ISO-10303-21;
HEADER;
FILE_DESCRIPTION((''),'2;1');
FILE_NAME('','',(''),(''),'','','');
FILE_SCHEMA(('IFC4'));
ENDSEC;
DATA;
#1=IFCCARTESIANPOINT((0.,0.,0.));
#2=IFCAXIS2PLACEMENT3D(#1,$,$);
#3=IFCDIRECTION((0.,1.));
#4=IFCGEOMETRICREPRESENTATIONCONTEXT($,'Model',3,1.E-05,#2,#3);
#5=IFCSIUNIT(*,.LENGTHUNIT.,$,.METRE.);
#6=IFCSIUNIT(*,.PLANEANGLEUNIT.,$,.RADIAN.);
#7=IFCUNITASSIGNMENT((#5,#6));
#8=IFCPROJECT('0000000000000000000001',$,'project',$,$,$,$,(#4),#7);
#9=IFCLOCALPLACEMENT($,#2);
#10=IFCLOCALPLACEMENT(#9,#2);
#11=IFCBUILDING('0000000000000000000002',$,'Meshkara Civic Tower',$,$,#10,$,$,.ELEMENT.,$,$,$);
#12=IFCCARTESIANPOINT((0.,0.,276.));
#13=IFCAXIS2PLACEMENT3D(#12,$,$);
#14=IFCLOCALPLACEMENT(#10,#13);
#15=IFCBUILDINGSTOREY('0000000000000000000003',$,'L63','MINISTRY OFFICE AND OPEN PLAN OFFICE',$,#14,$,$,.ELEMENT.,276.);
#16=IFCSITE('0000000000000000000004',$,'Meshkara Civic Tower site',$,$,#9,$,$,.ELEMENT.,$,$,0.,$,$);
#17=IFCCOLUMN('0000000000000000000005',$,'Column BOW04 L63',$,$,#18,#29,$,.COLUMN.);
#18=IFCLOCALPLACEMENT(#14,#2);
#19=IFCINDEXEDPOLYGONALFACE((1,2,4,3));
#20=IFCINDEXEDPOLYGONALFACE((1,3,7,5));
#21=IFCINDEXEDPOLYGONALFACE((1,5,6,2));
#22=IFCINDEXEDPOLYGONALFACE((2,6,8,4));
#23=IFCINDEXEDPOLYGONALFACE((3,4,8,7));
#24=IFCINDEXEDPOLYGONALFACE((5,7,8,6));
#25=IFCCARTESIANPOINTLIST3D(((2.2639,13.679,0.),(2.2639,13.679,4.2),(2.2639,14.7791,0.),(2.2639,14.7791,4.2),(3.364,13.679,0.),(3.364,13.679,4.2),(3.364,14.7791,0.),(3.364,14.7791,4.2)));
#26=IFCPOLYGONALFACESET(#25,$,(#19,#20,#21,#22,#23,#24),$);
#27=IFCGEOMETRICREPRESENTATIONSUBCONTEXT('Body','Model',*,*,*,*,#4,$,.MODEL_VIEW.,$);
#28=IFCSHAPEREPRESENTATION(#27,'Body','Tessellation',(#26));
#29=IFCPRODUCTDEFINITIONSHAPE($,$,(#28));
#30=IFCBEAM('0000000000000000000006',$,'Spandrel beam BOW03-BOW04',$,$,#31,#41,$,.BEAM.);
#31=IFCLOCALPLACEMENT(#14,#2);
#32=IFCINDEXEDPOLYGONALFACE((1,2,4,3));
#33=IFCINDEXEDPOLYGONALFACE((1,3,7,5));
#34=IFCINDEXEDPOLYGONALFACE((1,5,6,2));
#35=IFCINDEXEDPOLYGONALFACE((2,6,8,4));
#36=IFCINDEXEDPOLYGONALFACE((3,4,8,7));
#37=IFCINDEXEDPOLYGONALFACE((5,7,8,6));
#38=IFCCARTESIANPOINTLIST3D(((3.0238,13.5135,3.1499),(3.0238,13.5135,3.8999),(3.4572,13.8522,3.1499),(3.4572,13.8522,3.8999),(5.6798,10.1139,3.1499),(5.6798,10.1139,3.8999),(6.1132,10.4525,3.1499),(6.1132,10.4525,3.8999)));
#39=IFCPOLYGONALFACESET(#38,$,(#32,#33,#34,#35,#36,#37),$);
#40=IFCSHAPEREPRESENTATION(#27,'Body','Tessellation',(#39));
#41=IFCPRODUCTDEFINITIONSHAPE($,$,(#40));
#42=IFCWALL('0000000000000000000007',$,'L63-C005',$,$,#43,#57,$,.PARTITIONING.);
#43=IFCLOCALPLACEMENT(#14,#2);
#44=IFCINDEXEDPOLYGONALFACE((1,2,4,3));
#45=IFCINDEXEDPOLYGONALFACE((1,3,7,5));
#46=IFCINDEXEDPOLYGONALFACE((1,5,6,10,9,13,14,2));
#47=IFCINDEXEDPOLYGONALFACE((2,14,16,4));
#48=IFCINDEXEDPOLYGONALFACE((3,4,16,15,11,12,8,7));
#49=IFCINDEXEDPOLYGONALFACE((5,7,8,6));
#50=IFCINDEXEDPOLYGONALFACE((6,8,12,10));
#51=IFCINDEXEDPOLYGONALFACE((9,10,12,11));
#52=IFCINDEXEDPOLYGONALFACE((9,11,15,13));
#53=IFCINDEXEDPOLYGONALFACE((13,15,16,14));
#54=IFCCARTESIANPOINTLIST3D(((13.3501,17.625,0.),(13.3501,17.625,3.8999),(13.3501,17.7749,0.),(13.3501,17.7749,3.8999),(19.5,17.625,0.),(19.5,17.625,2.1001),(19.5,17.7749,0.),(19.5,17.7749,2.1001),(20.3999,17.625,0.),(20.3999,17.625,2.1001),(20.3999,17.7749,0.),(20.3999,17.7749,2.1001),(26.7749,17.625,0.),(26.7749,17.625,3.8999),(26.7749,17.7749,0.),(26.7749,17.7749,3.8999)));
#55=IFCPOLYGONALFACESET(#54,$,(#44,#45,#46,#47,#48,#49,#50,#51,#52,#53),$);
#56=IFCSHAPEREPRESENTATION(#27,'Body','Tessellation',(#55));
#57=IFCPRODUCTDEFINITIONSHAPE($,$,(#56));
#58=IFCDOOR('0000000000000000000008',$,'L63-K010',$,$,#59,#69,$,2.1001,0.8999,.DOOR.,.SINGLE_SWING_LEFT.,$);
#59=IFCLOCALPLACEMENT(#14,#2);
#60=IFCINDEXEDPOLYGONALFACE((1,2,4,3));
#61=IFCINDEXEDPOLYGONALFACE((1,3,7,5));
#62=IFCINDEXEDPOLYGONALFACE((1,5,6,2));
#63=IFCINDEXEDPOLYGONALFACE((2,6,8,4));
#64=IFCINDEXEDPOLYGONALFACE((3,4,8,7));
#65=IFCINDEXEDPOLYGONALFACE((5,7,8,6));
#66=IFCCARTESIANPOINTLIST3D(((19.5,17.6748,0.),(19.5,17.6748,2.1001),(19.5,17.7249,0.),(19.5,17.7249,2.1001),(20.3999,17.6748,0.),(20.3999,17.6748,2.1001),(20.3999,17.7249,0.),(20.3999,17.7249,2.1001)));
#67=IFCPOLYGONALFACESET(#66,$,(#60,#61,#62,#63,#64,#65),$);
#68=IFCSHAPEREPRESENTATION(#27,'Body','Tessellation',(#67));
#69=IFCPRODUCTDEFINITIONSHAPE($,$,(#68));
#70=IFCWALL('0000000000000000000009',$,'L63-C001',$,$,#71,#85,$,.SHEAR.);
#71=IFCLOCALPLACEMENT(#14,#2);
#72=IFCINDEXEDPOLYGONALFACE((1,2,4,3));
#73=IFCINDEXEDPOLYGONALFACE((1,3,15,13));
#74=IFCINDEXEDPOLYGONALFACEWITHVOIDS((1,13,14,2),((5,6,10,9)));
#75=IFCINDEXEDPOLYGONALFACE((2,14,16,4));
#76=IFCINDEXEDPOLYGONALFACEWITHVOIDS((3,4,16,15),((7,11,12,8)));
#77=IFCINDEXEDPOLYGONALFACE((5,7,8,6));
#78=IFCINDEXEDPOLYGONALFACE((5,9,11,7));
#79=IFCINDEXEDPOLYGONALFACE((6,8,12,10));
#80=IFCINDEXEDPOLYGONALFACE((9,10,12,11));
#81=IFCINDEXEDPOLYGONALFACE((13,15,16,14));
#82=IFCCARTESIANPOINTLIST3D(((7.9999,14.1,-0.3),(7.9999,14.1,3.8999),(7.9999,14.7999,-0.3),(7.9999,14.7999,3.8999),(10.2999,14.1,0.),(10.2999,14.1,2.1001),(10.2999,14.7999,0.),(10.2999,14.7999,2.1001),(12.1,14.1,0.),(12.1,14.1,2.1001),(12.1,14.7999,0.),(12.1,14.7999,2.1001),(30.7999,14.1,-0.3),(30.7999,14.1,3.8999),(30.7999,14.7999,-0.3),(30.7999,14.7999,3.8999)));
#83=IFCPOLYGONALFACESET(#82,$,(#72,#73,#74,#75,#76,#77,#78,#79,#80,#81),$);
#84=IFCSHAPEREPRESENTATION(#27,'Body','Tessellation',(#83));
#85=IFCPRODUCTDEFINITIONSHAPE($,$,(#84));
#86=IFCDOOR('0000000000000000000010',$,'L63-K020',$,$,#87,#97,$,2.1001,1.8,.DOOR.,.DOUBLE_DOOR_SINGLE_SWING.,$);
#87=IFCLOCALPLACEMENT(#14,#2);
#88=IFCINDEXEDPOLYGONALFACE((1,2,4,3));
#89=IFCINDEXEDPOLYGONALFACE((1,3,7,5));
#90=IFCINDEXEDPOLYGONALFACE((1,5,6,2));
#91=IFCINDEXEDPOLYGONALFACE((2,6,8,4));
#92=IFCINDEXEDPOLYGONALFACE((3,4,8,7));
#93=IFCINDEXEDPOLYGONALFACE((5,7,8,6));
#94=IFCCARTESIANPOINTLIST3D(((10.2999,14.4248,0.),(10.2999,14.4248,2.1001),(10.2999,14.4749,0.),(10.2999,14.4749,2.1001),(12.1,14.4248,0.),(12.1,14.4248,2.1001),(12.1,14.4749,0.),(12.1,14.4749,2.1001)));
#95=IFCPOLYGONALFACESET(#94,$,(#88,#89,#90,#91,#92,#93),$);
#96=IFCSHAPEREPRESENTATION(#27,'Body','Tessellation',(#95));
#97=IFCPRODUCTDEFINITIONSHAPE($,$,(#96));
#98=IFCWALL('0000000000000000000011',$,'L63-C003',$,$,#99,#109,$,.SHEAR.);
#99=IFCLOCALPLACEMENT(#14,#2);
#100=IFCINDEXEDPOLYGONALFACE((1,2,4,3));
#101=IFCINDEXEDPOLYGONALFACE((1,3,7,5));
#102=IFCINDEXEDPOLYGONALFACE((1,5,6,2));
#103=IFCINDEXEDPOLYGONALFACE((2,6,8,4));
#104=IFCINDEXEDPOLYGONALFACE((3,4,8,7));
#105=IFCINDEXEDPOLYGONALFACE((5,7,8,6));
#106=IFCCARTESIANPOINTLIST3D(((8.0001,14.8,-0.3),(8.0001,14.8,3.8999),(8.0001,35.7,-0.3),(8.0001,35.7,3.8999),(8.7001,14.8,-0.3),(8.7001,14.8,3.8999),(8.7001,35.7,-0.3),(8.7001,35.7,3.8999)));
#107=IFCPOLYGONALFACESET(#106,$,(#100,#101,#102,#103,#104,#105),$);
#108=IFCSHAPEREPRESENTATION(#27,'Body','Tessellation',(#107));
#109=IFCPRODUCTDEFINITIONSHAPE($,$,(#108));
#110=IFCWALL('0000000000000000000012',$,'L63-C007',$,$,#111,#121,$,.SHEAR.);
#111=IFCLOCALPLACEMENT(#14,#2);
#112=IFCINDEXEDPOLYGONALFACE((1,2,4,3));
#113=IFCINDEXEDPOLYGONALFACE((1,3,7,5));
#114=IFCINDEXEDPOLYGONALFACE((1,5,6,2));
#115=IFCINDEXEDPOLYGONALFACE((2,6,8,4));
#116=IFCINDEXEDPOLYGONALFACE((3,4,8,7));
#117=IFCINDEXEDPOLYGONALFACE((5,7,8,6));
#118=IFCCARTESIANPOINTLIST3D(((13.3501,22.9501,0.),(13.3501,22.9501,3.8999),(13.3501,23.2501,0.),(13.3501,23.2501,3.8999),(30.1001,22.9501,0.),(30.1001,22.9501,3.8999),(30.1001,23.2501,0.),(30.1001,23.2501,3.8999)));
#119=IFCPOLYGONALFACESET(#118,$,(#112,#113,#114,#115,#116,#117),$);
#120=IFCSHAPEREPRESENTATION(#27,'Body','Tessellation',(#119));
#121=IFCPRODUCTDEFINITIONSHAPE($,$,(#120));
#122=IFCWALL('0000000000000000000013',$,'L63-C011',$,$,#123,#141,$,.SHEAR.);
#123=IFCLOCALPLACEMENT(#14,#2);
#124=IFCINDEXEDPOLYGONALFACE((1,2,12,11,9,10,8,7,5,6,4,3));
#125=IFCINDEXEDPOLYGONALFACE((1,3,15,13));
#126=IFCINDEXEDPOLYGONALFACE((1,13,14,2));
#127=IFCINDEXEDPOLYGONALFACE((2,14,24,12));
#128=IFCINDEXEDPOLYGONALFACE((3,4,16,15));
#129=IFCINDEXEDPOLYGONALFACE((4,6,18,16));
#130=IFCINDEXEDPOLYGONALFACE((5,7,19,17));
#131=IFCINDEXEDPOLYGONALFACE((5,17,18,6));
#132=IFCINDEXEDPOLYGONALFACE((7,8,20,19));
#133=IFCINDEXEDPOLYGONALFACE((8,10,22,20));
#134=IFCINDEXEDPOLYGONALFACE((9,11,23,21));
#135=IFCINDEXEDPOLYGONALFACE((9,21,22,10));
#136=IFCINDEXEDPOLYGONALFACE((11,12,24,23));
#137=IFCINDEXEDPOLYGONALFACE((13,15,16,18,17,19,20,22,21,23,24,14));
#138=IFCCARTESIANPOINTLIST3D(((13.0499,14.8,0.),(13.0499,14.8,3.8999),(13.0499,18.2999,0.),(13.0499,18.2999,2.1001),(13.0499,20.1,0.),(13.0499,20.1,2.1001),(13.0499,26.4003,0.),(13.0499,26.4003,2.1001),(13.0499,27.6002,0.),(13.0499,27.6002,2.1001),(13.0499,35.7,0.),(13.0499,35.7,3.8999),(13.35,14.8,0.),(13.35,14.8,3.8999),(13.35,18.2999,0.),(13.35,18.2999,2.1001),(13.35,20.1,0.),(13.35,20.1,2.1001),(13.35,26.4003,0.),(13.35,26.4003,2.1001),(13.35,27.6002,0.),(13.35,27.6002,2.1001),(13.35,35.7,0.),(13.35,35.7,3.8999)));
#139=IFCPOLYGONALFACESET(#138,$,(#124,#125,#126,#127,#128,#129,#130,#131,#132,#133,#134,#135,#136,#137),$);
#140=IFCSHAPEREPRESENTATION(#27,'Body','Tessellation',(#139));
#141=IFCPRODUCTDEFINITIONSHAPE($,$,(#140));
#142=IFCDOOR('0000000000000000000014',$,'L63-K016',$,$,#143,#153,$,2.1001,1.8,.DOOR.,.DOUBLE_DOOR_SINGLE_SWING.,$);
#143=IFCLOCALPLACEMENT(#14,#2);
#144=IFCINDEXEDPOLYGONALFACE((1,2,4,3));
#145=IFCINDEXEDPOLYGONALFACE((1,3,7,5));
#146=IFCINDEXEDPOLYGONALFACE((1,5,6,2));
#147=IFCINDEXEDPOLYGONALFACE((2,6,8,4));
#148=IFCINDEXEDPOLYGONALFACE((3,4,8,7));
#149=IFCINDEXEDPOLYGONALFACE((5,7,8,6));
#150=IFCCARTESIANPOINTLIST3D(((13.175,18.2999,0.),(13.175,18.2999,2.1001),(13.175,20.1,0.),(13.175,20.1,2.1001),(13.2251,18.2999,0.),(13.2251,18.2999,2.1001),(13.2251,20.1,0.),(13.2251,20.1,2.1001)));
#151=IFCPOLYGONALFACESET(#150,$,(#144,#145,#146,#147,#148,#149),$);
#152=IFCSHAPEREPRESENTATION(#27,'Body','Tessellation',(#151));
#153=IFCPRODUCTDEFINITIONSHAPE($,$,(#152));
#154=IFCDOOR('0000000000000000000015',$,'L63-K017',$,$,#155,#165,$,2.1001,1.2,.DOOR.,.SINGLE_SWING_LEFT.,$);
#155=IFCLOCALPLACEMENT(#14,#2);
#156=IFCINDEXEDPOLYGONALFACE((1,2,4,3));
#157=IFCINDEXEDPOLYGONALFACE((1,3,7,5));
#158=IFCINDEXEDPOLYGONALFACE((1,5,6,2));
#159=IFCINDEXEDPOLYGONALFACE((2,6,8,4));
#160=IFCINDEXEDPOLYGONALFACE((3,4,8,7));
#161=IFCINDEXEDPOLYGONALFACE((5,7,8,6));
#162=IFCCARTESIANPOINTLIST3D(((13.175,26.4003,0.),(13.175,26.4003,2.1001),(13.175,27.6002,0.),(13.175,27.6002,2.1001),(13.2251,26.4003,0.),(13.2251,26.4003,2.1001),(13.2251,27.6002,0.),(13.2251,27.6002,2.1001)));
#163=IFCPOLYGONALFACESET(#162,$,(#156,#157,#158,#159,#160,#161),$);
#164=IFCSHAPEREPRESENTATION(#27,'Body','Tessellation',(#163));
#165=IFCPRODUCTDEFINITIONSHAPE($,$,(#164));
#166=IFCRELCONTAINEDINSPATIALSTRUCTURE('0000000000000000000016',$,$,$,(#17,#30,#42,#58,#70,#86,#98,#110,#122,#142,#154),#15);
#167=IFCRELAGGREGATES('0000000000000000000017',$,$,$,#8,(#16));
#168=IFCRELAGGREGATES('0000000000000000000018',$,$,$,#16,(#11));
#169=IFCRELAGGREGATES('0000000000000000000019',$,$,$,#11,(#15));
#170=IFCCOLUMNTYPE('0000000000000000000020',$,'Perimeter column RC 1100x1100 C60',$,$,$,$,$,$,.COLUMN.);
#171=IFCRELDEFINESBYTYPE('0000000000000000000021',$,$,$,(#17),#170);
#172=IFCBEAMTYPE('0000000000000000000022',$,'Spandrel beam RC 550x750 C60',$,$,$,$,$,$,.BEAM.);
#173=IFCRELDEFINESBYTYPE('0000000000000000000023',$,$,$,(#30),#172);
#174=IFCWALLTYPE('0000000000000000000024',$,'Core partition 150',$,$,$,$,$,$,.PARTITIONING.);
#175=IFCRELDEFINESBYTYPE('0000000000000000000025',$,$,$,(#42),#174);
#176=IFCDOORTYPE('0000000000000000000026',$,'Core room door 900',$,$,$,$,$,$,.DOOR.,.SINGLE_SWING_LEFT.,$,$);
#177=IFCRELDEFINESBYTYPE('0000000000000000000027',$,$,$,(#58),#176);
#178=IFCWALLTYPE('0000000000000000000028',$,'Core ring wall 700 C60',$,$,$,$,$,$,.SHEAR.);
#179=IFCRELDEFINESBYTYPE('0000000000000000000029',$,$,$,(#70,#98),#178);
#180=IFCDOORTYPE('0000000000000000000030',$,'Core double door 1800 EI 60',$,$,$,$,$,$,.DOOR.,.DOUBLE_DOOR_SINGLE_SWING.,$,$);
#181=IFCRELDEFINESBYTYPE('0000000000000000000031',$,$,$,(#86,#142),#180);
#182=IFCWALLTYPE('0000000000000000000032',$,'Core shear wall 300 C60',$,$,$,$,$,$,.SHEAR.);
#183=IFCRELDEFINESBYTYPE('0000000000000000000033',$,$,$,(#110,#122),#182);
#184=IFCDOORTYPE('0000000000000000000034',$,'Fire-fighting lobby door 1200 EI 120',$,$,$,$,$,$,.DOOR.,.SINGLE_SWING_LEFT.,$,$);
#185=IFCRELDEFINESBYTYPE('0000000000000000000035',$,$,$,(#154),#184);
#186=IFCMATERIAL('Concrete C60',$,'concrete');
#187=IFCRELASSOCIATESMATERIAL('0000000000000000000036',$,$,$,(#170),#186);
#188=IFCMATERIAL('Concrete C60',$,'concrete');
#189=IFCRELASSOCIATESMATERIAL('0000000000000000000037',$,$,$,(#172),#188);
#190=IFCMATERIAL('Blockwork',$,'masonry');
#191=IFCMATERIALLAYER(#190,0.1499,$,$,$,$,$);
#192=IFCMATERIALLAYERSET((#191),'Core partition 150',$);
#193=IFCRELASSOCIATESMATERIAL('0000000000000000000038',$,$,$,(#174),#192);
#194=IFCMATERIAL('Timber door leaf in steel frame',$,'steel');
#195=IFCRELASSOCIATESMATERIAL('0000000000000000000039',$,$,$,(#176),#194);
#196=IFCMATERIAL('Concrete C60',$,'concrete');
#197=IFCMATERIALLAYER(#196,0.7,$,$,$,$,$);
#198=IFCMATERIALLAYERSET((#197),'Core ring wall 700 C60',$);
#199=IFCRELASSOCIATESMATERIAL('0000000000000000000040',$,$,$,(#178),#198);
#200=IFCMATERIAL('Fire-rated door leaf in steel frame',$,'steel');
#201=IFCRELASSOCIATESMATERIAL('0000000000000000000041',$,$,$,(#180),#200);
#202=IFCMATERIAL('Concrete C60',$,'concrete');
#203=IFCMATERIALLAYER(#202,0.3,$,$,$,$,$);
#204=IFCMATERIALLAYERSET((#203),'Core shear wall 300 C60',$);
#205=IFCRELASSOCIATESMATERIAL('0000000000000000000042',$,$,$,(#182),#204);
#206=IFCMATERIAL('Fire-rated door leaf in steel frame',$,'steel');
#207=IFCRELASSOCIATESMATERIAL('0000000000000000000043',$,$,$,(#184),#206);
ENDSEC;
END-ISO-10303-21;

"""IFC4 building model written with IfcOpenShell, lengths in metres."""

from ifc_helpers import new_model, si_unit, direction, frame, frame_2d, origin, origin_2d, place, context, subcontext, project, spatial, rectangle, extrude, material, layer, layer_set, material_profile, profile_set, type_object, element, fill, save


model = new_model("IFC4")

# Units and contexts
model_context = context("Model", 3, precision=1e-05, world=origin(), true_north=direction((0.0, 1.0)))
body_context = subcontext(model_context, "Body", "Model", "MODEL_VIEW")
ifc_project = project(units=[si_unit("LENGTHUNIT", "METRE"), si_unit("PLANEANGLEUNIT", "RADIAN")], contexts=[model_context])

# Site, building, storey
site_placement = place(None, origin())
site = spatial("IfcSite", under=ifc_project, at=site_placement, Name="Meshkara Civic Tower site", CompositionType="ELEMENT", RefElevation=0.0)
building_placement = place(site_placement, origin())
building = spatial("IfcBuilding", under=site, at=building_placement, Name="Meshkara Civic Tower", CompositionType="ELEMENT")
storey_placement = place(building_placement, frame((0.0, 0.0, 276.0)))
storey = spatial("IfcBuildingStorey", under=building, at=storey_placement, Name="L63", Description="MINISTRY OFFICE AND OPEN PLAN OFFICE", CompositionType="ELEMENT", Elevation=276.0)

# Column
ifc_material_1 = material(Name="Concrete C60", Category="concrete")
ifc_material_profile_1 = material_profile(ifc_material_1, rectangle(XDim=1.1001, YDim=1.1001, at=origin_2d()))
ifc_profile_set_1 = profile_set([ifc_material_profile_1], Name="Concrete C60")
column_type = type_object("IfcColumnType", Name="Perimeter column RC 1100x1100 C60", PredefinedType="COLUMN", material=ifc_profile_set_1)
column_placement = place(storey_placement, frame((2.814, 14.229, 0.0), z_axis=(0.0, 0.0, 1.0), x_axis=(1.0, 0.0, 0.0)))
element("IfcColumn", 1, at=column_placement, inside=storey, type_object=column_type, Name="Column BOW04 L63", PredefinedType="COLUMN", context=body_context, shape_type="SweptSolid", body=[
    extrude(rectangle(XDim=1.1001, YDim=1.1001, at=origin_2d()), origin(), (0.0, 0.0, 1.0), 4.2),
])

# Beam
ifc_material_2 = material(Name="Concrete C60", Category="concrete")
ifc_material_profile_2 = material_profile(ifc_material_2, rectangle(XDim=0.55, YDim=0.75, at=origin_2d()))
ifc_profile_set_2 = profile_set([ifc_material_profile_2], Name="Concrete C60")
beam_type = type_object("IfcBeamType", Name="Spandrel beam RC 550x750 C60", PredefinedType="BEAM", material=ifc_profile_set_2)
beam_placement = place(storey_placement, frame((3.2405, 13.6829, 3.5249), z_axis=(0.615647, -0.788022, 0.0), x_axis=(0.788022, 0.615647, 0.0)))
element("IfcBeam", 2, at=beam_placement, inside=storey, type_object=beam_type, Name="Spandrel beam BOW03-BOW04", PredefinedType="BEAM", context=body_context, shape_type="SweptSolid", body=[
    extrude(rectangle(XDim=0.55, YDim=0.75, at=origin_2d()), origin(), (0.0, 0.0, 1.0), 4.3142),
])

# Walls, openings, doors
ifc_material_3 = material(Name="Blockwork", Category="masonry")
ifc_layer_1 = layer(ifc_material_3, 0.1499)
ifc_layer_set_1 = layer_set([ifc_layer_1], Name="Core partition 150")
wall_type_1 = type_object("IfcWallType", Name="Core partition 150", PredefinedType="PARTITIONING", material=ifc_layer_set_1)
wall_1_placement = place(storey_placement, frame((13.3501, 17.7, 0.0), z_axis=(0.0, 0.0, 1.0), x_axis=(1.0, 0.0, 0.0)))
wall_1 = element("IfcWall", 3, at=wall_1_placement, inside=storey, type_object=wall_type_1, Name="L63-C005", PredefinedType="PARTITIONING", context=body_context, shape_type="SweptSolid", body=[
    extrude(rectangle(XDim=13.4248, YDim=0.1499, at=frame_2d((6.7124, 0.0))), origin(), (0.0, 0.0, 1.0), 3.8999),
])
opening_1_placement = place(wall_1_placement, frame((6.1499, 0.0, 0.0)))
opening_1 = element("IfcOpeningElement", 4, at=opening_1_placement, cuts=wall_1, PredefinedType="OPENING", context=body_context, shape_type="SweptSolid", body=[
    extrude(rectangle(XDim=0.8999, YDim=2.1001, at=frame_2d((0.45, 1.05))), frame((0.0, 0.085, 0.0), z_axis=(0.0, -1.0, 0.0), x_axis=(1.0, 0.0, 0.0)), (0.0, 0.0, 1.0), 0.1699),
])
ifc_material_4 = material(Name="Timber door leaf in steel frame", Category="steel")
door_type_1 = type_object("IfcDoorType", Name="Core room door 900", OperationType="SINGLE_SWING_LEFT", PredefinedType="DOOR", material=ifc_material_4)
door_1_placement = place(opening_1_placement, origin())
door_1 = element("IfcDoor", 5, at=door_1_placement, inside=storey, type_object=door_type_1, Name="L63-K010", OperationType="SINGLE_SWING_LEFT", OverallHeight=2.1001, OverallWidth=0.8999, PredefinedType="DOOR", context=body_context, shape_type="SweptSolid", body=[
    extrude(rectangle(XDim=0.8999, YDim=2.1001, at=frame_2d((0.45, 1.05))), frame((0.0, 0.0249, 0.0), z_axis=(0.0, -1.0, 0.0), x_axis=(1.0, 0.0, 0.0)), (0.0, 0.0, 1.0), 0.05),
])
fill(opening_1, door_1)
ifc_material_5 = material(Name="Concrete C60", Category="concrete")
ifc_layer_2 = layer(ifc_material_5, 0.7)
ifc_layer_set_2 = layer_set([ifc_layer_2], Name="Core ring wall 700 C60")
wall_type_2 = type_object("IfcWallType", Name="Core ring wall 700 C60", PredefinedType="SHEAR", material=ifc_layer_set_2)
wall_2_placement = place(storey_placement, frame((8.0, 14.45, -0.3), z_axis=(0.0, 0.0, 1.0), x_axis=(1.0, 0.0, 0.0)))
wall_2 = element("IfcWall", 6, at=wall_2_placement, inside=storey, type_object=wall_type_2, Name="L63-C001", PredefinedType="SHEAR", context=body_context, shape_type="SweptSolid", body=[
    extrude(rectangle(XDim=22.8, YDim=0.7, at=frame_2d((11.3999, 0.0))), origin(), (0.0, 0.0, 1.0), 4.2),
])
opening_2_placement = place(wall_2_placement, frame((2.3, 0.0, 0.3)))
opening_2 = element("IfcOpeningElement", 7, at=opening_2_placement, cuts=wall_2, PredefinedType="OPENING", context=body_context, shape_type="SweptSolid", body=[
    extrude(rectangle(XDim=1.8, YDim=2.1001, at=frame_2d((0.8999, 1.05))), frame((0.0, 0.3599, 0.0), z_axis=(0.0, -1.0, 0.0), x_axis=(1.0, 0.0, 0.0)), (0.0, 0.0, 1.0), 0.72),
])
ifc_material_6 = material(Name="Fire-rated door leaf in steel frame", Category="steel")
door_type_2 = type_object("IfcDoorType", Name="Core double door 1800 EI 60", OperationType="DOUBLE_DOOR_SINGLE_SWING", PredefinedType="DOOR", material=ifc_material_6)
door_2_placement = place(opening_2_placement, origin())
door_2 = element("IfcDoor", 8, at=door_2_placement, inside=storey, type_object=door_type_2, Name="L63-K020", OperationType="DOUBLE_DOOR_SINGLE_SWING", OverallHeight=2.1001, OverallWidth=1.8, PredefinedType="DOOR", context=body_context, shape_type="SweptSolid", body=[
    extrude(rectangle(XDim=1.8, YDim=2.1001, at=frame_2d((0.8999, 1.05))), frame((0.0, 0.0249, 0.0), z_axis=(0.0, -1.0, 0.0), x_axis=(1.0, 0.0, 0.0)), (0.0, 0.0, 1.0), 0.05),
])
fill(opening_2, door_2)

# Walls
wall_3_placement = place(storey_placement, frame((8.3501, 14.8, -0.3), z_axis=(0.0, 0.0, 1.0), x_axis=(0.0, 1.0, 0.0)))
element("IfcWall", 9, at=wall_3_placement, inside=storey, type_object=wall_type_2, Name="L63-C003", PredefinedType="SHEAR", context=body_context, shape_type="SweptSolid", body=[
    extrude(rectangle(XDim=20.8999, YDim=0.7, at=frame_2d((10.45, 0.0))), origin(), (0.0, 0.0, 1.0), 4.2),
])
ifc_material_7 = material(Name="Concrete C60", Category="concrete")
ifc_layer_3 = layer(ifc_material_7, 0.3)
ifc_layer_set_3 = layer_set([ifc_layer_3], Name="Core shear wall 300 C60")
wall_type_3 = type_object("IfcWallType", Name="Core shear wall 300 C60", PredefinedType="SHEAR", material=ifc_layer_set_3)
wall_4_placement = place(storey_placement, frame((13.3501, 23.1001, 0.0), z_axis=(0.0, 0.0, 1.0), x_axis=(1.0, 0.0, 0.0)))
element("IfcWall", 10, at=wall_4_placement, inside=storey, type_object=wall_type_3, Name="L63-C007", PredefinedType="SHEAR", context=body_context, shape_type="SweptSolid", body=[
    extrude(rectangle(XDim=16.75, YDim=0.3, at=frame_2d((8.375, 0.0))), origin(), (0.0, 0.0, 1.0), 3.8999),
])

# Wall, openings, doors
wall_5_placement = place(storey_placement, frame((13.2, 14.8, 0.0), z_axis=(0.0, 0.0, 1.0), x_axis=(0.0, 1.0, 0.0)))
wall_5 = element("IfcWall", 11, at=wall_5_placement, inside=storey, type_object=wall_type_3, Name="L63-C011", PredefinedType="SHEAR", context=body_context, shape_type="SweptSolid", body=[
    extrude(rectangle(XDim=20.8999, YDim=0.3, at=frame_2d((10.45, 0.0))), origin(), (0.0, 0.0, 1.0), 3.8999),
])
opening_3_placement = place(wall_5_placement, frame((3.5, 0.0, 0.0)))
opening_3 = element("IfcOpeningElement", 12, at=opening_3_placement, cuts=wall_5, PredefinedType="OPENING", context=body_context, shape_type="SweptSolid", body=[
    extrude(rectangle(XDim=1.8, YDim=2.1001, at=frame_2d((0.8999, 1.05))), frame((0.0, 0.1599, 0.0), z_axis=(0.0, -1.0, 0.0), x_axis=(1.0, 0.0, 0.0)), (0.0, 0.0, 1.0), 0.3201),
])
opening_4_placement = place(wall_5_placement, frame((11.6001, 0.0, 0.0)))
opening_4 = element("IfcOpeningElement", 13, at=opening_4_placement, cuts=wall_5, PredefinedType="OPENING", context=body_context, shape_type="SweptSolid", body=[
    extrude(rectangle(XDim=1.2, YDim=2.1001, at=frame_2d((0.6001, 1.05))), frame((0.0, 0.1599, 0.0), z_axis=(0.0, -1.0, 0.0), x_axis=(1.0, 0.0, 0.0)), (0.0, 0.0, 1.0), 0.3201),
])
door_3_placement = place(opening_3_placement, origin())
door_3 = element("IfcDoor", 14, at=door_3_placement, inside=storey, type_object=door_type_2, Name="L63-K016", OperationType="DOUBLE_DOOR_SINGLE_SWING", OverallHeight=2.1001, OverallWidth=1.8, PredefinedType="DOOR", context=body_context, shape_type="SweptSolid", body=[
    extrude(rectangle(XDim=1.8, YDim=2.1001, at=frame_2d((0.8999, 1.05))), frame((0.0, 0.0249, 0.0), z_axis=(0.0, -1.0, 0.0), x_axis=(1.0, 0.0, 0.0)), (0.0, 0.0, 1.0), 0.05),
])
fill(opening_3, door_3)
ifc_material_8 = material(Name="Fire-rated door leaf in steel frame", Category="steel")
door_type_3 = type_object("IfcDoorType", Name="Fire-fighting lobby door 1200 EI 120", OperationType="SINGLE_SWING_LEFT", PredefinedType="DOOR", material=ifc_material_8)
door_4_placement = place(opening_4_placement, origin())
door_4 = element("IfcDoor", 15, at=door_4_placement, inside=storey, type_object=door_type_3, Name="L63-K017", OperationType="SINGLE_SWING_LEFT", OverallHeight=2.1001, OverallWidth=1.2, PredefinedType="DOOR", context=body_context, shape_type="SweptSolid", body=[
    extrude(rectangle(XDim=1.2, YDim=2.1001, at=frame_2d((0.6001, 1.05))), frame((0.0, 0.0249, 0.0), z_axis=(0.0, -1.0, 0.0), x_axis=(1.0, 0.0, 0.0)), (0.0, 0.0, 1.0), 0.05),
])
fill(opening_4, door_4)

save(model, "model.ifc")
